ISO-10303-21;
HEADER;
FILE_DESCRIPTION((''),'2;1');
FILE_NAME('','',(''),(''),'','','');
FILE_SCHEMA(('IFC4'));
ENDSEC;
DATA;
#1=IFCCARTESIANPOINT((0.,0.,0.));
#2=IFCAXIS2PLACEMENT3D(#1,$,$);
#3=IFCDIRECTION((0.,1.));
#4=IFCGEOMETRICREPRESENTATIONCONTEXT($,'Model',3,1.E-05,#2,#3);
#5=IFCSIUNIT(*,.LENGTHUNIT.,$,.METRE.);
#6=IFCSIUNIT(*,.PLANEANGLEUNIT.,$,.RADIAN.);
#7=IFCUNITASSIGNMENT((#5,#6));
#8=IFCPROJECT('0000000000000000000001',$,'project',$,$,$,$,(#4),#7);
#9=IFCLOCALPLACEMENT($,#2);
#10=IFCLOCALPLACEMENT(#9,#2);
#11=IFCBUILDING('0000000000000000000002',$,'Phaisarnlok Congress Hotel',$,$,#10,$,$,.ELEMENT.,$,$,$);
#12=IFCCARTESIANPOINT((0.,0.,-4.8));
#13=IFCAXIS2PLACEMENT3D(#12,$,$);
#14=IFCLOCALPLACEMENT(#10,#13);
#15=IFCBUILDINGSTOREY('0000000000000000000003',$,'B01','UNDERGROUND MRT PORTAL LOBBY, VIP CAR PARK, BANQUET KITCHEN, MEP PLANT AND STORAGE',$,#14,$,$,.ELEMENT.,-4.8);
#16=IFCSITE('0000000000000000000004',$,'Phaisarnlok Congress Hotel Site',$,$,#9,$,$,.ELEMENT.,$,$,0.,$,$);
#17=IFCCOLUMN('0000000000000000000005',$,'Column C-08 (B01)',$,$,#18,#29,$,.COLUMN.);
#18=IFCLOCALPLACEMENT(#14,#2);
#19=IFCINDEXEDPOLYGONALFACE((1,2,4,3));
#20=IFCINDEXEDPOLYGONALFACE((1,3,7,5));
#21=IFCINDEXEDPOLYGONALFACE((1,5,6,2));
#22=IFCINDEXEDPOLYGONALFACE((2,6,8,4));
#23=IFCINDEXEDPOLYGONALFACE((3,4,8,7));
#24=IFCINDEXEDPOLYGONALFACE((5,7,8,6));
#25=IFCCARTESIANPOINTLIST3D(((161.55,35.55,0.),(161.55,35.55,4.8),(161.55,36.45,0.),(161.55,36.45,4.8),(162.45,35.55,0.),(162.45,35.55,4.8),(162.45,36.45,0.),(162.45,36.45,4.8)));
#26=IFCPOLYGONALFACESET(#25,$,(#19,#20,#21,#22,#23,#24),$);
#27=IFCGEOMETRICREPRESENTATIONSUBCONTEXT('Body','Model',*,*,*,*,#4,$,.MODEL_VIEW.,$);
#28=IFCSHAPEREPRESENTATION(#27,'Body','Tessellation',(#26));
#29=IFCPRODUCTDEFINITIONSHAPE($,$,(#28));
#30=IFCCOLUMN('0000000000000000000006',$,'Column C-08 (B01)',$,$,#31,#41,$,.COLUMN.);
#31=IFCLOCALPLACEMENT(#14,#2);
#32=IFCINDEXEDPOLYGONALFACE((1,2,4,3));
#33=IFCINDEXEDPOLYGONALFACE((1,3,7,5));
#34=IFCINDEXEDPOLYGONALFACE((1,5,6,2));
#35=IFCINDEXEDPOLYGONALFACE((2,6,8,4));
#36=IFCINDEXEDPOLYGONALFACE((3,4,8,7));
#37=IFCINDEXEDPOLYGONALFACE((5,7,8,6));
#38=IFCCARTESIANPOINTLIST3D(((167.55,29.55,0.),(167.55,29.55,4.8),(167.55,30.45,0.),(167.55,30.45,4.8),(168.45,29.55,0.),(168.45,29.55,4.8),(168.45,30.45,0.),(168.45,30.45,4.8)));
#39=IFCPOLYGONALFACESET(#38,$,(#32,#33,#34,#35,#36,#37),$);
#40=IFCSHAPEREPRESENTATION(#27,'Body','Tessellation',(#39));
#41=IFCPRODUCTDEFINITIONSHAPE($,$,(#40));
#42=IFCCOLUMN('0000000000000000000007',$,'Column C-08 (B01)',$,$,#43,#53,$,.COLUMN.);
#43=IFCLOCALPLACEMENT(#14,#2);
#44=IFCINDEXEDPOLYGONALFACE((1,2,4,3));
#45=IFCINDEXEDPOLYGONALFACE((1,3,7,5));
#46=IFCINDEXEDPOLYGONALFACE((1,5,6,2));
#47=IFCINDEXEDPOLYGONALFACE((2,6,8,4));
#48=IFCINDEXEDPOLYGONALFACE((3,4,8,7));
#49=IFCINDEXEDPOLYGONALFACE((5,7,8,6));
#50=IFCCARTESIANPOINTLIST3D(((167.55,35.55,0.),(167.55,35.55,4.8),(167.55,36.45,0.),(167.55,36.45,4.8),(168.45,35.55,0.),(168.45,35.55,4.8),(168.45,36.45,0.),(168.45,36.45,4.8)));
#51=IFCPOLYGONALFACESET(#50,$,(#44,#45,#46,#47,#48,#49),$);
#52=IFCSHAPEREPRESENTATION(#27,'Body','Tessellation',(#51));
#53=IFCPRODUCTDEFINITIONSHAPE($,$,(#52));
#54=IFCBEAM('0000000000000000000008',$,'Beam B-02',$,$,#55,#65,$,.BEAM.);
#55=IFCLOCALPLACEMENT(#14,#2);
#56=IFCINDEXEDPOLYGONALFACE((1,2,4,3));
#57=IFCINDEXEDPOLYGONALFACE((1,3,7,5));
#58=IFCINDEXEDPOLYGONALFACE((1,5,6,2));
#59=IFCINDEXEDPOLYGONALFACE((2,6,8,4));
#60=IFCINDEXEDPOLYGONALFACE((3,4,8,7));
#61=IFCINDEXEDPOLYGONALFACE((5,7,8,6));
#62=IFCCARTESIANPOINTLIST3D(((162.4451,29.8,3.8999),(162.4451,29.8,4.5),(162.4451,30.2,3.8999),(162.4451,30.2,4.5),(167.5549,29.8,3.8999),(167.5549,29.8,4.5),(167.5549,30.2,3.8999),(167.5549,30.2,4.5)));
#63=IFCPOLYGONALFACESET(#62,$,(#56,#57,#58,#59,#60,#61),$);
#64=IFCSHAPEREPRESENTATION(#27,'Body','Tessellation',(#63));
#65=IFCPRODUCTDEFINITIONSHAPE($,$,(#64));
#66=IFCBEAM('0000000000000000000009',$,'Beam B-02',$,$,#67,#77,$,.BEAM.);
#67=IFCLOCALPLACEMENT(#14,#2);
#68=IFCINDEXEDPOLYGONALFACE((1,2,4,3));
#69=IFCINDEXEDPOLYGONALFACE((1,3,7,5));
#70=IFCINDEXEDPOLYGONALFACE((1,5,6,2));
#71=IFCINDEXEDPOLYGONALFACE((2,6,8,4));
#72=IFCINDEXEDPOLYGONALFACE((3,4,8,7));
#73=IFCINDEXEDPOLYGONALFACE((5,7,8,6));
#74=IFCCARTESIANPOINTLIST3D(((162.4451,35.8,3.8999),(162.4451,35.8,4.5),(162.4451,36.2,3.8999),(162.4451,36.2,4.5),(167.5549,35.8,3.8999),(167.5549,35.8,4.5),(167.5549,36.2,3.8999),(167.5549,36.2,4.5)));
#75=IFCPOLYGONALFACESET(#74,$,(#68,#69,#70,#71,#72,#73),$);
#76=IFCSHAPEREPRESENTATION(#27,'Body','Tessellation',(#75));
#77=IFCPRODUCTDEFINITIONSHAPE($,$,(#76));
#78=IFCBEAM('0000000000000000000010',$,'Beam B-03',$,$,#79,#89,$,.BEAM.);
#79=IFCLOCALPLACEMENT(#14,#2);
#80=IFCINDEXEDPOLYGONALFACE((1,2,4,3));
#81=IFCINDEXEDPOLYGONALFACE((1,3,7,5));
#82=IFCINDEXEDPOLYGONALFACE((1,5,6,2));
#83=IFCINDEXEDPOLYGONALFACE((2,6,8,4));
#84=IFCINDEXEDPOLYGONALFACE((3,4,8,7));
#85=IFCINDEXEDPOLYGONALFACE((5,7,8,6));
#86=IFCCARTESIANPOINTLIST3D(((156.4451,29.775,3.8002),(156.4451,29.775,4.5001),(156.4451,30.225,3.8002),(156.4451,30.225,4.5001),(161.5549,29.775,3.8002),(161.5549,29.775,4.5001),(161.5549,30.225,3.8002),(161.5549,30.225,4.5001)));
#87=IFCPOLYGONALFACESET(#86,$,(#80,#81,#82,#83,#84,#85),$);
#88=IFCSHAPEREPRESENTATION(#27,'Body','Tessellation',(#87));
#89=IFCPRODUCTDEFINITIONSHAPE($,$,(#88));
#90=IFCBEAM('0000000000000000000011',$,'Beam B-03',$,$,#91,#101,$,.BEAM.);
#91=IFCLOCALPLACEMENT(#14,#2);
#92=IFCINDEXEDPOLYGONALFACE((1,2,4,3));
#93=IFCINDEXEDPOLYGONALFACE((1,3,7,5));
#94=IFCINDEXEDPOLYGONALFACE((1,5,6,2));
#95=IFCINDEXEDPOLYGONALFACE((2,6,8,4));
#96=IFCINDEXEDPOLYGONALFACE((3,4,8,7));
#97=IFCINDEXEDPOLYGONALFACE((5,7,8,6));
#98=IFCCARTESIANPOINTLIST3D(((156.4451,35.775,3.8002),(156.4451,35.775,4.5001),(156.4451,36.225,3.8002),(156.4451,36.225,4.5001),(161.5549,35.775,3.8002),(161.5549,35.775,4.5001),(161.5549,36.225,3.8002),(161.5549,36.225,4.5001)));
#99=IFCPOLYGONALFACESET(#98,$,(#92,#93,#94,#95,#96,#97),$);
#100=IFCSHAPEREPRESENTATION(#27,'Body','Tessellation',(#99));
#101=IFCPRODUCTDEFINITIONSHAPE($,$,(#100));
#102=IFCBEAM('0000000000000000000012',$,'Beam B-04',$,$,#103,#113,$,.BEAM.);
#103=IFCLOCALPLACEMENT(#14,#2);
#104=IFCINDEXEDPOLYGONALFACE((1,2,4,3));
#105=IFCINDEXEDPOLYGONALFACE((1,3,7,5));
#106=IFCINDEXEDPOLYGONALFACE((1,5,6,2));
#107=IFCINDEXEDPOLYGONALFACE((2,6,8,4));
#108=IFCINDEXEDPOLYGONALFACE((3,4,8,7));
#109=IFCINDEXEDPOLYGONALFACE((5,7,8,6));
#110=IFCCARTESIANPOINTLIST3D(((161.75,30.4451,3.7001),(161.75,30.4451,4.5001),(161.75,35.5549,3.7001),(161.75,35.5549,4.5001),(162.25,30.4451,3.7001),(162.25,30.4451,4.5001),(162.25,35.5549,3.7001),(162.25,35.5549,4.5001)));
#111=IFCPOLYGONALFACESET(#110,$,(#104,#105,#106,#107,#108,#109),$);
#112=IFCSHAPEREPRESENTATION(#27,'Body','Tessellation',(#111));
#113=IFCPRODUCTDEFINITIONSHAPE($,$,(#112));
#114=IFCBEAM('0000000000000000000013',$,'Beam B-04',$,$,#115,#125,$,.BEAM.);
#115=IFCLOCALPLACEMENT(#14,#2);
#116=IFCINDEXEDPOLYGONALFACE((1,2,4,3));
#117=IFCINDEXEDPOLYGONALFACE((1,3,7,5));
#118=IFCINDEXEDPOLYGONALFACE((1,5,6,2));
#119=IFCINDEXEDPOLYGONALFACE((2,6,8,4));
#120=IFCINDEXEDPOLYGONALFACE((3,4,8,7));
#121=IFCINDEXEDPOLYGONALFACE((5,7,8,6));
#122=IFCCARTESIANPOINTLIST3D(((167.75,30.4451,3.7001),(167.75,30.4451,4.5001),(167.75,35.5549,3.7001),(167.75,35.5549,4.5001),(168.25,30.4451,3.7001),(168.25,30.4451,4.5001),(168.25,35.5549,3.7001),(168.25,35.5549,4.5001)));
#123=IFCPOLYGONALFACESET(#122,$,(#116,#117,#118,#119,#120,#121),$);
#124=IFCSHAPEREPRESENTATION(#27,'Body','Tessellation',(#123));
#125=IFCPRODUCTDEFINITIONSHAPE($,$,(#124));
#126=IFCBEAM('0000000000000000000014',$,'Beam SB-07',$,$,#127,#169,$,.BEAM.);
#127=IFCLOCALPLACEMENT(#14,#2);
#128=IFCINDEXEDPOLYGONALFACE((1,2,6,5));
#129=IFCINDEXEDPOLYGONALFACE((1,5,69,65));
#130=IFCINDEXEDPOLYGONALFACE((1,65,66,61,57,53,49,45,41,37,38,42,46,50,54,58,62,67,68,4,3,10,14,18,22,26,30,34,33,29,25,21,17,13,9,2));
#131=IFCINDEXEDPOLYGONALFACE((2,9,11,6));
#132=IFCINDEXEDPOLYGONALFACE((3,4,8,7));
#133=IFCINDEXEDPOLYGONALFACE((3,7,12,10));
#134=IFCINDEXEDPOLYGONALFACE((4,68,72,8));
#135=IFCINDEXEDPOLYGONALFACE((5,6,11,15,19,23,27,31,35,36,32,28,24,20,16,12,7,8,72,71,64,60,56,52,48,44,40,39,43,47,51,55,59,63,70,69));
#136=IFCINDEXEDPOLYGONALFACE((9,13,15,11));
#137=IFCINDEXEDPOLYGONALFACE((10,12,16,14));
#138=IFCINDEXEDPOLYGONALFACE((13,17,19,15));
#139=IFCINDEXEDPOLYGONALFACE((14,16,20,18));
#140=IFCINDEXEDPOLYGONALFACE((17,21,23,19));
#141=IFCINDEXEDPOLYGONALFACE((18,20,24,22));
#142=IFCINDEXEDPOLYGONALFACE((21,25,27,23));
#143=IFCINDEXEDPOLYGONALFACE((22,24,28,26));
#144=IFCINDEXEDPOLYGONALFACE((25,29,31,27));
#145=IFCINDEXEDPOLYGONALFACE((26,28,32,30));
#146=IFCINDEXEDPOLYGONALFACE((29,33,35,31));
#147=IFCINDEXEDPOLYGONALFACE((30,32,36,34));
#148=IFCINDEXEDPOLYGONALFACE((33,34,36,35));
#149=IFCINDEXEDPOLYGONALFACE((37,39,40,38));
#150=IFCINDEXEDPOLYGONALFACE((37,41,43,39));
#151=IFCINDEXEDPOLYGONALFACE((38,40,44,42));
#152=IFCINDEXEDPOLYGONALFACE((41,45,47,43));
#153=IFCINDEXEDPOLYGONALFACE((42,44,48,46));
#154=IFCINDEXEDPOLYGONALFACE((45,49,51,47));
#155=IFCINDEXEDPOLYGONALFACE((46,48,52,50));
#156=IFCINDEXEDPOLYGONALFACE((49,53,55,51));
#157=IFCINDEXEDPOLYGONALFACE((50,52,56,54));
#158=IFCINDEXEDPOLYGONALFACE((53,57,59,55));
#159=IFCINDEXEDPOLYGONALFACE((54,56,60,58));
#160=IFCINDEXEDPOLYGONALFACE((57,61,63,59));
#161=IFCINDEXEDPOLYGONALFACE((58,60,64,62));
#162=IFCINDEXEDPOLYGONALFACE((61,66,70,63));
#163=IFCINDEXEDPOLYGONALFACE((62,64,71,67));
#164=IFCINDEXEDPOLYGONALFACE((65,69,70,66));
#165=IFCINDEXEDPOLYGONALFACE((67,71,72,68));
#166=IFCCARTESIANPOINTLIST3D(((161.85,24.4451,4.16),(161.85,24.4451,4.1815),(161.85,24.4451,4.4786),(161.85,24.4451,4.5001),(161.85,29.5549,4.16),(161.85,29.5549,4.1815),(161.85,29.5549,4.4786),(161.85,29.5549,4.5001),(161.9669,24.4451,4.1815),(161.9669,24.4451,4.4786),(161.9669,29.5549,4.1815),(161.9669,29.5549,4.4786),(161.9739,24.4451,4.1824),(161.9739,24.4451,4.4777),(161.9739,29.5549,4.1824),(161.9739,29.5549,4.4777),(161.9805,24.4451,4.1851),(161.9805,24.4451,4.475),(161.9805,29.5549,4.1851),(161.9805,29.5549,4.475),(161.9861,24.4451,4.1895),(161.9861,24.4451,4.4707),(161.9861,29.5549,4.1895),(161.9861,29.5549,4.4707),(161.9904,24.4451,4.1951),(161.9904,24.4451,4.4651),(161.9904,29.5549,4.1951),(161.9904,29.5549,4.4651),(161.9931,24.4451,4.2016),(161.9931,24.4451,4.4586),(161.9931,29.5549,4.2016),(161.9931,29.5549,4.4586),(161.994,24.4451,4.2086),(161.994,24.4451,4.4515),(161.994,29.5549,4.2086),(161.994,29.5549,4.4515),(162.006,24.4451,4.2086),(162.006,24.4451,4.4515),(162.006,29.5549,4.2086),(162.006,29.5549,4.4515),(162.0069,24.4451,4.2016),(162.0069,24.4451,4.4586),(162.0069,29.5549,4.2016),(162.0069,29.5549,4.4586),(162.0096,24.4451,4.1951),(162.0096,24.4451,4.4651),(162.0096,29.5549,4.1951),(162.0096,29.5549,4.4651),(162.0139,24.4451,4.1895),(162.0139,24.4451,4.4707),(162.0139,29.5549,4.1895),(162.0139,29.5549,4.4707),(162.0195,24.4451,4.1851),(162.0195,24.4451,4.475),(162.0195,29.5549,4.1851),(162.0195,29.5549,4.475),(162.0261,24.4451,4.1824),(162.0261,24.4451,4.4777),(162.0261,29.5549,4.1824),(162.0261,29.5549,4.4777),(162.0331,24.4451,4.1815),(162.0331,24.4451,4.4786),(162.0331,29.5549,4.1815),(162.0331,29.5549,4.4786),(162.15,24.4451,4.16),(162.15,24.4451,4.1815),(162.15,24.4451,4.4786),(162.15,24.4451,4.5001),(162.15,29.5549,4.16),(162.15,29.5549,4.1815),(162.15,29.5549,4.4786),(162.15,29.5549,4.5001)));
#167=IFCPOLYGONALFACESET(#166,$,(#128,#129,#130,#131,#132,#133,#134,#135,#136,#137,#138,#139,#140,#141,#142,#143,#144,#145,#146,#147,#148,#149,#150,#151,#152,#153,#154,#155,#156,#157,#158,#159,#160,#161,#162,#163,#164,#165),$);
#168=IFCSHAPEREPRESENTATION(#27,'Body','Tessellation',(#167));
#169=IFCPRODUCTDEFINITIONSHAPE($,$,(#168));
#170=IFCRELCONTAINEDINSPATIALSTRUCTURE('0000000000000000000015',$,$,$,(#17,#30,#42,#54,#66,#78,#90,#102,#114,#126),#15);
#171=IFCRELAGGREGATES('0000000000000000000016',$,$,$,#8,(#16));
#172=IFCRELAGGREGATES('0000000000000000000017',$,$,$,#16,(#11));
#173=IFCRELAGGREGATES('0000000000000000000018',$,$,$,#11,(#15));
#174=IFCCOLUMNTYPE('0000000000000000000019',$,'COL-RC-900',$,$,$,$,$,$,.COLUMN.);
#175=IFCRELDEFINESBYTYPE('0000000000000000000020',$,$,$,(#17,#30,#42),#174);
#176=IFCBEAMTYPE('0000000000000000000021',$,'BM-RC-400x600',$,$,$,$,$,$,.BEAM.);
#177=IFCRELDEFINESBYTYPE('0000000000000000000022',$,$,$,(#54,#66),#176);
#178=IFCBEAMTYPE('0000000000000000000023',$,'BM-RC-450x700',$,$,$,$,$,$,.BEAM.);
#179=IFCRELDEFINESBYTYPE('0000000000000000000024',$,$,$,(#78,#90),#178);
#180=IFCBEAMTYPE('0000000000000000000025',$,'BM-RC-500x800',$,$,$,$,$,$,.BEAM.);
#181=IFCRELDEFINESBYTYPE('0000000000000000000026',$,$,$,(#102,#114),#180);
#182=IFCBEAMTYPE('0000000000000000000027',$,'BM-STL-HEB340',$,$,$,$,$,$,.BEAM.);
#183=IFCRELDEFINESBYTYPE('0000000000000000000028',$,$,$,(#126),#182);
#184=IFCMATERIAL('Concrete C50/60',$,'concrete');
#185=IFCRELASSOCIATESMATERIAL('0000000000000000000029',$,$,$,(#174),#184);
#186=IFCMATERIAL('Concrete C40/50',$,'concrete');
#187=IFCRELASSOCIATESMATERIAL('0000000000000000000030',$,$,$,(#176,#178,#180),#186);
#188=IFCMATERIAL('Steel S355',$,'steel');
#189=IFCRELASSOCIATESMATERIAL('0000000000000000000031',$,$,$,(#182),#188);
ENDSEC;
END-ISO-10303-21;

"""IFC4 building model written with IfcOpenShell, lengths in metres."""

from ifc_helpers import new_model, si_unit, direction, frame, origin, origin_2d, place, context, subcontext, project, spatial, rectangle, i_section, extrude, material, material_profile, profile_set, type_object, element, save


model = new_model("IFC4")

# Units and contexts
model_context = context("Model", 3, precision=1e-05, world=origin(), true_north=direction((0.0, 1.0)))
body_context = subcontext(model_context, "Body", "Model", "MODEL_VIEW")
ifc_project = project(units=[si_unit("LENGTHUNIT", "METRE"), si_unit("PLANEANGLEUNIT", "RADIAN")], contexts=[model_context])

# Site, building, storey
site_placement = place(None, origin())
site = spatial("IfcSite", under=ifc_project, at=site_placement, Name="Phaisarnlok Congress Hotel Site", CompositionType="ELEMENT", RefElevation=0.0)
building_placement = place(site_placement, origin())
building = spatial("IfcBuilding", under=site, at=building_placement, Name="Phaisarnlok Congress Hotel", CompositionType="ELEMENT")
storey_placement = place(building_placement, frame((0.0, 0.0, -4.8)))
storey = spatial("IfcBuildingStorey", under=building, at=storey_placement, Name="B01", Description="UNDERGROUND MRT PORTAL LOBBY, VIP CAR PARK, BANQUET KITCHEN, MEP PLANT AND STORAGE", CompositionType="ELEMENT", Elevation=-4.8)

# Shared definitions
ifc_material_1 = material(Name="Concrete C40/50", Category="concrete")

# Columns
ifc_material_2 = material(Name="Concrete C50/60", Category="concrete")
ifc_material_profile_1 = material_profile(ifc_material_2, rectangle(XDim=0.8999, YDim=0.8999, at=origin_2d()), Name="RC 900x900")
ifc_profile_set_1 = profile_set([ifc_material_profile_1], Name="Concrete C50/60")
column_type = type_object("IfcColumnType", Name="COL-RC-900", PredefinedType="COLUMN", material=ifc_profile_set_1)
for number, where, z_axis, x_axis, name in (
    (1, (162.0, 36.0, 0.0), (0.0, 0.0, 1.0), (1.0, 0.0, 0.0), "Column C-08 (B01)"),
    (2, (168.0, 30.0, 0.0), (0.0, 0.0, 1.0), (1.0, 0.0, 0.0), "Column C-08 (B01)"),
    (3, (168.0, 36.0, 0.0), (0.0, 0.0, 1.0), (1.0, 0.0, 0.0), "Column C-08 (B01)"),
):
    element("IfcColumn", number, at=place(storey_placement, frame(where, z_axis=z_axis, x_axis=x_axis)), inside=storey, type_object=column_type, Name=name, PredefinedType="COLUMN", context=body_context, shape_type="SweptSolid", body=[
        extrude(rectangle(XDim=0.8999, YDim=0.8999, at=origin_2d()), origin(), (0.0, 0.0, 1.0), 4.8),
    ])

# Beams
ifc_material_profile_2 = material_profile(ifc_material_1, rectangle(XDim=0.3999, YDim=0.6001, at=origin_2d()), Name="RC 400x600")
ifc_profile_set_2 = profile_set([ifc_material_profile_2], Name="Concrete C40/50")
beam_type_1 = type_object("IfcBeamType", Name="BM-RC-400x600", PredefinedType="BEAM", material=ifc_profile_set_2)
for number, where, z_axis, x_axis, name in (
    (4, (162.4451, 30.0, 4.2), (1.0, 0.0, 0.0), (0.0, 1.0, 0.0), "Beam B-02"),
    (5, (162.4451, 36.0, 4.2), (1.0, 0.0, 0.0), (0.0, 1.0, 0.0), "Beam B-02"),
):
    element("IfcBeam", number, at=place(storey_placement, frame(where, z_axis=z_axis, x_axis=x_axis)), inside=storey, type_object=beam_type_1, Name=name, PredefinedType="BEAM", context=body_context, shape_type="SweptSolid", body=[
        extrude(rectangle(XDim=0.3999, YDim=0.6001, at=origin_2d()), origin(), (0.0, 0.0, 1.0), 5.1099),
    ])
ifc_material_profile_3 = material_profile(ifc_material_1, rectangle(XDim=0.45, YDim=0.7, at=origin_2d()), Name="RC 450x700")
ifc_profile_set_3 = profile_set([ifc_material_profile_3], Name="Concrete C40/50")
beam_type_2 = type_object("IfcBeamType", Name="BM-RC-450x700", PredefinedType="BEAM", material=ifc_profile_set_3)
for number, where, z_axis, x_axis, name in (
    (6, (156.4451, 30.0, 4.1501), (1.0, 0.0, 0.0), (0.0, 1.0, 0.0), "Beam B-03"),
    (7, (156.4451, 36.0, 4.1501), (1.0, 0.0, 0.0), (0.0, 1.0, 0.0), "Beam B-03"),
):
    element("IfcBeam", number, at=place(storey_placement, frame(where, z_axis=z_axis, x_axis=x_axis)), inside=storey, type_object=beam_type_2, Name=name, PredefinedType="BEAM", context=body_context, shape_type="SweptSolid", body=[
        extrude(rectangle(XDim=0.45, YDim=0.7, at=origin_2d()), origin(), (0.0, 0.0, 1.0), 5.1099),
    ])
ifc_material_profile_4 = material_profile(ifc_material_1, rectangle(XDim=0.5, YDim=0.8, at=origin_2d()), Name="RC 500x800")
ifc_profile_set_4 = profile_set([ifc_material_profile_4], Name="Concrete C40/50")
beam_type_3 = type_object("IfcBeamType", Name="BM-RC-500x800", PredefinedType="BEAM", material=ifc_profile_set_4)
for number, where, z_axis, x_axis, name in (
    (8, (162.0, 30.4451, 4.1001), (0.0, 1.0, 0.0), (-1.0, 0.0, 0.0), "Beam B-04"),
    (9, (168.0, 30.4451, 4.1001), (0.0, 1.0, 0.0), (-1.0, 0.0, 0.0), "Beam B-04"),
):
    element("IfcBeam", number, at=place(storey_placement, frame(where, z_axis=z_axis, x_axis=x_axis)), inside=storey, type_object=beam_type_3, Name=name, PredefinedType="BEAM", context=body_context, shape_type="SweptSolid", body=[
        extrude(rectangle(XDim=0.5, YDim=0.8, at=origin_2d()), origin(), (0.0, 0.0, 1.0), 5.1099),
    ])
ifc_material_3 = material(Name="Steel S355", Category="steel")
ifc_material_profile_5 = material_profile(ifc_material_3, i_section(OverallWidth=0.3, OverallDepth=0.3401, WebThickness=0.012, FlangeThickness=0.0215, FilletRadius=0.0271, at=origin_2d()), Name="HEB 340")
ifc_profile_set_5 = profile_set([ifc_material_profile_5], Name="Steel S355")
beam_type_4 = type_object("IfcBeamType", Name="BM-STL-HEB340", PredefinedType="BEAM", material=ifc_profile_set_5)
for number, where, z_axis, x_axis, name in (
    (10, (162.0, 24.4451, 4.3301), (0.0, 1.0, 0.0), (-1.0, 0.0, 0.0), "Beam SB-07"),
):
    element("IfcBeam", number, at=place(storey_placement, frame(where, z_axis=z_axis, x_axis=x_axis)), inside=storey, type_object=beam_type_4, Name=name, PredefinedType="BEAM", context=body_context, shape_type="SweptSolid", body=[
        extrude(i_section(OverallWidth=0.3, OverallDepth=0.3401, WebThickness=0.012, FlangeThickness=0.0215, FilletRadius=0.0271, at=origin_2d()), origin(), (0.0, 0.0, 1.0), 5.1099),
    ])

save(model, "model.ifc")
